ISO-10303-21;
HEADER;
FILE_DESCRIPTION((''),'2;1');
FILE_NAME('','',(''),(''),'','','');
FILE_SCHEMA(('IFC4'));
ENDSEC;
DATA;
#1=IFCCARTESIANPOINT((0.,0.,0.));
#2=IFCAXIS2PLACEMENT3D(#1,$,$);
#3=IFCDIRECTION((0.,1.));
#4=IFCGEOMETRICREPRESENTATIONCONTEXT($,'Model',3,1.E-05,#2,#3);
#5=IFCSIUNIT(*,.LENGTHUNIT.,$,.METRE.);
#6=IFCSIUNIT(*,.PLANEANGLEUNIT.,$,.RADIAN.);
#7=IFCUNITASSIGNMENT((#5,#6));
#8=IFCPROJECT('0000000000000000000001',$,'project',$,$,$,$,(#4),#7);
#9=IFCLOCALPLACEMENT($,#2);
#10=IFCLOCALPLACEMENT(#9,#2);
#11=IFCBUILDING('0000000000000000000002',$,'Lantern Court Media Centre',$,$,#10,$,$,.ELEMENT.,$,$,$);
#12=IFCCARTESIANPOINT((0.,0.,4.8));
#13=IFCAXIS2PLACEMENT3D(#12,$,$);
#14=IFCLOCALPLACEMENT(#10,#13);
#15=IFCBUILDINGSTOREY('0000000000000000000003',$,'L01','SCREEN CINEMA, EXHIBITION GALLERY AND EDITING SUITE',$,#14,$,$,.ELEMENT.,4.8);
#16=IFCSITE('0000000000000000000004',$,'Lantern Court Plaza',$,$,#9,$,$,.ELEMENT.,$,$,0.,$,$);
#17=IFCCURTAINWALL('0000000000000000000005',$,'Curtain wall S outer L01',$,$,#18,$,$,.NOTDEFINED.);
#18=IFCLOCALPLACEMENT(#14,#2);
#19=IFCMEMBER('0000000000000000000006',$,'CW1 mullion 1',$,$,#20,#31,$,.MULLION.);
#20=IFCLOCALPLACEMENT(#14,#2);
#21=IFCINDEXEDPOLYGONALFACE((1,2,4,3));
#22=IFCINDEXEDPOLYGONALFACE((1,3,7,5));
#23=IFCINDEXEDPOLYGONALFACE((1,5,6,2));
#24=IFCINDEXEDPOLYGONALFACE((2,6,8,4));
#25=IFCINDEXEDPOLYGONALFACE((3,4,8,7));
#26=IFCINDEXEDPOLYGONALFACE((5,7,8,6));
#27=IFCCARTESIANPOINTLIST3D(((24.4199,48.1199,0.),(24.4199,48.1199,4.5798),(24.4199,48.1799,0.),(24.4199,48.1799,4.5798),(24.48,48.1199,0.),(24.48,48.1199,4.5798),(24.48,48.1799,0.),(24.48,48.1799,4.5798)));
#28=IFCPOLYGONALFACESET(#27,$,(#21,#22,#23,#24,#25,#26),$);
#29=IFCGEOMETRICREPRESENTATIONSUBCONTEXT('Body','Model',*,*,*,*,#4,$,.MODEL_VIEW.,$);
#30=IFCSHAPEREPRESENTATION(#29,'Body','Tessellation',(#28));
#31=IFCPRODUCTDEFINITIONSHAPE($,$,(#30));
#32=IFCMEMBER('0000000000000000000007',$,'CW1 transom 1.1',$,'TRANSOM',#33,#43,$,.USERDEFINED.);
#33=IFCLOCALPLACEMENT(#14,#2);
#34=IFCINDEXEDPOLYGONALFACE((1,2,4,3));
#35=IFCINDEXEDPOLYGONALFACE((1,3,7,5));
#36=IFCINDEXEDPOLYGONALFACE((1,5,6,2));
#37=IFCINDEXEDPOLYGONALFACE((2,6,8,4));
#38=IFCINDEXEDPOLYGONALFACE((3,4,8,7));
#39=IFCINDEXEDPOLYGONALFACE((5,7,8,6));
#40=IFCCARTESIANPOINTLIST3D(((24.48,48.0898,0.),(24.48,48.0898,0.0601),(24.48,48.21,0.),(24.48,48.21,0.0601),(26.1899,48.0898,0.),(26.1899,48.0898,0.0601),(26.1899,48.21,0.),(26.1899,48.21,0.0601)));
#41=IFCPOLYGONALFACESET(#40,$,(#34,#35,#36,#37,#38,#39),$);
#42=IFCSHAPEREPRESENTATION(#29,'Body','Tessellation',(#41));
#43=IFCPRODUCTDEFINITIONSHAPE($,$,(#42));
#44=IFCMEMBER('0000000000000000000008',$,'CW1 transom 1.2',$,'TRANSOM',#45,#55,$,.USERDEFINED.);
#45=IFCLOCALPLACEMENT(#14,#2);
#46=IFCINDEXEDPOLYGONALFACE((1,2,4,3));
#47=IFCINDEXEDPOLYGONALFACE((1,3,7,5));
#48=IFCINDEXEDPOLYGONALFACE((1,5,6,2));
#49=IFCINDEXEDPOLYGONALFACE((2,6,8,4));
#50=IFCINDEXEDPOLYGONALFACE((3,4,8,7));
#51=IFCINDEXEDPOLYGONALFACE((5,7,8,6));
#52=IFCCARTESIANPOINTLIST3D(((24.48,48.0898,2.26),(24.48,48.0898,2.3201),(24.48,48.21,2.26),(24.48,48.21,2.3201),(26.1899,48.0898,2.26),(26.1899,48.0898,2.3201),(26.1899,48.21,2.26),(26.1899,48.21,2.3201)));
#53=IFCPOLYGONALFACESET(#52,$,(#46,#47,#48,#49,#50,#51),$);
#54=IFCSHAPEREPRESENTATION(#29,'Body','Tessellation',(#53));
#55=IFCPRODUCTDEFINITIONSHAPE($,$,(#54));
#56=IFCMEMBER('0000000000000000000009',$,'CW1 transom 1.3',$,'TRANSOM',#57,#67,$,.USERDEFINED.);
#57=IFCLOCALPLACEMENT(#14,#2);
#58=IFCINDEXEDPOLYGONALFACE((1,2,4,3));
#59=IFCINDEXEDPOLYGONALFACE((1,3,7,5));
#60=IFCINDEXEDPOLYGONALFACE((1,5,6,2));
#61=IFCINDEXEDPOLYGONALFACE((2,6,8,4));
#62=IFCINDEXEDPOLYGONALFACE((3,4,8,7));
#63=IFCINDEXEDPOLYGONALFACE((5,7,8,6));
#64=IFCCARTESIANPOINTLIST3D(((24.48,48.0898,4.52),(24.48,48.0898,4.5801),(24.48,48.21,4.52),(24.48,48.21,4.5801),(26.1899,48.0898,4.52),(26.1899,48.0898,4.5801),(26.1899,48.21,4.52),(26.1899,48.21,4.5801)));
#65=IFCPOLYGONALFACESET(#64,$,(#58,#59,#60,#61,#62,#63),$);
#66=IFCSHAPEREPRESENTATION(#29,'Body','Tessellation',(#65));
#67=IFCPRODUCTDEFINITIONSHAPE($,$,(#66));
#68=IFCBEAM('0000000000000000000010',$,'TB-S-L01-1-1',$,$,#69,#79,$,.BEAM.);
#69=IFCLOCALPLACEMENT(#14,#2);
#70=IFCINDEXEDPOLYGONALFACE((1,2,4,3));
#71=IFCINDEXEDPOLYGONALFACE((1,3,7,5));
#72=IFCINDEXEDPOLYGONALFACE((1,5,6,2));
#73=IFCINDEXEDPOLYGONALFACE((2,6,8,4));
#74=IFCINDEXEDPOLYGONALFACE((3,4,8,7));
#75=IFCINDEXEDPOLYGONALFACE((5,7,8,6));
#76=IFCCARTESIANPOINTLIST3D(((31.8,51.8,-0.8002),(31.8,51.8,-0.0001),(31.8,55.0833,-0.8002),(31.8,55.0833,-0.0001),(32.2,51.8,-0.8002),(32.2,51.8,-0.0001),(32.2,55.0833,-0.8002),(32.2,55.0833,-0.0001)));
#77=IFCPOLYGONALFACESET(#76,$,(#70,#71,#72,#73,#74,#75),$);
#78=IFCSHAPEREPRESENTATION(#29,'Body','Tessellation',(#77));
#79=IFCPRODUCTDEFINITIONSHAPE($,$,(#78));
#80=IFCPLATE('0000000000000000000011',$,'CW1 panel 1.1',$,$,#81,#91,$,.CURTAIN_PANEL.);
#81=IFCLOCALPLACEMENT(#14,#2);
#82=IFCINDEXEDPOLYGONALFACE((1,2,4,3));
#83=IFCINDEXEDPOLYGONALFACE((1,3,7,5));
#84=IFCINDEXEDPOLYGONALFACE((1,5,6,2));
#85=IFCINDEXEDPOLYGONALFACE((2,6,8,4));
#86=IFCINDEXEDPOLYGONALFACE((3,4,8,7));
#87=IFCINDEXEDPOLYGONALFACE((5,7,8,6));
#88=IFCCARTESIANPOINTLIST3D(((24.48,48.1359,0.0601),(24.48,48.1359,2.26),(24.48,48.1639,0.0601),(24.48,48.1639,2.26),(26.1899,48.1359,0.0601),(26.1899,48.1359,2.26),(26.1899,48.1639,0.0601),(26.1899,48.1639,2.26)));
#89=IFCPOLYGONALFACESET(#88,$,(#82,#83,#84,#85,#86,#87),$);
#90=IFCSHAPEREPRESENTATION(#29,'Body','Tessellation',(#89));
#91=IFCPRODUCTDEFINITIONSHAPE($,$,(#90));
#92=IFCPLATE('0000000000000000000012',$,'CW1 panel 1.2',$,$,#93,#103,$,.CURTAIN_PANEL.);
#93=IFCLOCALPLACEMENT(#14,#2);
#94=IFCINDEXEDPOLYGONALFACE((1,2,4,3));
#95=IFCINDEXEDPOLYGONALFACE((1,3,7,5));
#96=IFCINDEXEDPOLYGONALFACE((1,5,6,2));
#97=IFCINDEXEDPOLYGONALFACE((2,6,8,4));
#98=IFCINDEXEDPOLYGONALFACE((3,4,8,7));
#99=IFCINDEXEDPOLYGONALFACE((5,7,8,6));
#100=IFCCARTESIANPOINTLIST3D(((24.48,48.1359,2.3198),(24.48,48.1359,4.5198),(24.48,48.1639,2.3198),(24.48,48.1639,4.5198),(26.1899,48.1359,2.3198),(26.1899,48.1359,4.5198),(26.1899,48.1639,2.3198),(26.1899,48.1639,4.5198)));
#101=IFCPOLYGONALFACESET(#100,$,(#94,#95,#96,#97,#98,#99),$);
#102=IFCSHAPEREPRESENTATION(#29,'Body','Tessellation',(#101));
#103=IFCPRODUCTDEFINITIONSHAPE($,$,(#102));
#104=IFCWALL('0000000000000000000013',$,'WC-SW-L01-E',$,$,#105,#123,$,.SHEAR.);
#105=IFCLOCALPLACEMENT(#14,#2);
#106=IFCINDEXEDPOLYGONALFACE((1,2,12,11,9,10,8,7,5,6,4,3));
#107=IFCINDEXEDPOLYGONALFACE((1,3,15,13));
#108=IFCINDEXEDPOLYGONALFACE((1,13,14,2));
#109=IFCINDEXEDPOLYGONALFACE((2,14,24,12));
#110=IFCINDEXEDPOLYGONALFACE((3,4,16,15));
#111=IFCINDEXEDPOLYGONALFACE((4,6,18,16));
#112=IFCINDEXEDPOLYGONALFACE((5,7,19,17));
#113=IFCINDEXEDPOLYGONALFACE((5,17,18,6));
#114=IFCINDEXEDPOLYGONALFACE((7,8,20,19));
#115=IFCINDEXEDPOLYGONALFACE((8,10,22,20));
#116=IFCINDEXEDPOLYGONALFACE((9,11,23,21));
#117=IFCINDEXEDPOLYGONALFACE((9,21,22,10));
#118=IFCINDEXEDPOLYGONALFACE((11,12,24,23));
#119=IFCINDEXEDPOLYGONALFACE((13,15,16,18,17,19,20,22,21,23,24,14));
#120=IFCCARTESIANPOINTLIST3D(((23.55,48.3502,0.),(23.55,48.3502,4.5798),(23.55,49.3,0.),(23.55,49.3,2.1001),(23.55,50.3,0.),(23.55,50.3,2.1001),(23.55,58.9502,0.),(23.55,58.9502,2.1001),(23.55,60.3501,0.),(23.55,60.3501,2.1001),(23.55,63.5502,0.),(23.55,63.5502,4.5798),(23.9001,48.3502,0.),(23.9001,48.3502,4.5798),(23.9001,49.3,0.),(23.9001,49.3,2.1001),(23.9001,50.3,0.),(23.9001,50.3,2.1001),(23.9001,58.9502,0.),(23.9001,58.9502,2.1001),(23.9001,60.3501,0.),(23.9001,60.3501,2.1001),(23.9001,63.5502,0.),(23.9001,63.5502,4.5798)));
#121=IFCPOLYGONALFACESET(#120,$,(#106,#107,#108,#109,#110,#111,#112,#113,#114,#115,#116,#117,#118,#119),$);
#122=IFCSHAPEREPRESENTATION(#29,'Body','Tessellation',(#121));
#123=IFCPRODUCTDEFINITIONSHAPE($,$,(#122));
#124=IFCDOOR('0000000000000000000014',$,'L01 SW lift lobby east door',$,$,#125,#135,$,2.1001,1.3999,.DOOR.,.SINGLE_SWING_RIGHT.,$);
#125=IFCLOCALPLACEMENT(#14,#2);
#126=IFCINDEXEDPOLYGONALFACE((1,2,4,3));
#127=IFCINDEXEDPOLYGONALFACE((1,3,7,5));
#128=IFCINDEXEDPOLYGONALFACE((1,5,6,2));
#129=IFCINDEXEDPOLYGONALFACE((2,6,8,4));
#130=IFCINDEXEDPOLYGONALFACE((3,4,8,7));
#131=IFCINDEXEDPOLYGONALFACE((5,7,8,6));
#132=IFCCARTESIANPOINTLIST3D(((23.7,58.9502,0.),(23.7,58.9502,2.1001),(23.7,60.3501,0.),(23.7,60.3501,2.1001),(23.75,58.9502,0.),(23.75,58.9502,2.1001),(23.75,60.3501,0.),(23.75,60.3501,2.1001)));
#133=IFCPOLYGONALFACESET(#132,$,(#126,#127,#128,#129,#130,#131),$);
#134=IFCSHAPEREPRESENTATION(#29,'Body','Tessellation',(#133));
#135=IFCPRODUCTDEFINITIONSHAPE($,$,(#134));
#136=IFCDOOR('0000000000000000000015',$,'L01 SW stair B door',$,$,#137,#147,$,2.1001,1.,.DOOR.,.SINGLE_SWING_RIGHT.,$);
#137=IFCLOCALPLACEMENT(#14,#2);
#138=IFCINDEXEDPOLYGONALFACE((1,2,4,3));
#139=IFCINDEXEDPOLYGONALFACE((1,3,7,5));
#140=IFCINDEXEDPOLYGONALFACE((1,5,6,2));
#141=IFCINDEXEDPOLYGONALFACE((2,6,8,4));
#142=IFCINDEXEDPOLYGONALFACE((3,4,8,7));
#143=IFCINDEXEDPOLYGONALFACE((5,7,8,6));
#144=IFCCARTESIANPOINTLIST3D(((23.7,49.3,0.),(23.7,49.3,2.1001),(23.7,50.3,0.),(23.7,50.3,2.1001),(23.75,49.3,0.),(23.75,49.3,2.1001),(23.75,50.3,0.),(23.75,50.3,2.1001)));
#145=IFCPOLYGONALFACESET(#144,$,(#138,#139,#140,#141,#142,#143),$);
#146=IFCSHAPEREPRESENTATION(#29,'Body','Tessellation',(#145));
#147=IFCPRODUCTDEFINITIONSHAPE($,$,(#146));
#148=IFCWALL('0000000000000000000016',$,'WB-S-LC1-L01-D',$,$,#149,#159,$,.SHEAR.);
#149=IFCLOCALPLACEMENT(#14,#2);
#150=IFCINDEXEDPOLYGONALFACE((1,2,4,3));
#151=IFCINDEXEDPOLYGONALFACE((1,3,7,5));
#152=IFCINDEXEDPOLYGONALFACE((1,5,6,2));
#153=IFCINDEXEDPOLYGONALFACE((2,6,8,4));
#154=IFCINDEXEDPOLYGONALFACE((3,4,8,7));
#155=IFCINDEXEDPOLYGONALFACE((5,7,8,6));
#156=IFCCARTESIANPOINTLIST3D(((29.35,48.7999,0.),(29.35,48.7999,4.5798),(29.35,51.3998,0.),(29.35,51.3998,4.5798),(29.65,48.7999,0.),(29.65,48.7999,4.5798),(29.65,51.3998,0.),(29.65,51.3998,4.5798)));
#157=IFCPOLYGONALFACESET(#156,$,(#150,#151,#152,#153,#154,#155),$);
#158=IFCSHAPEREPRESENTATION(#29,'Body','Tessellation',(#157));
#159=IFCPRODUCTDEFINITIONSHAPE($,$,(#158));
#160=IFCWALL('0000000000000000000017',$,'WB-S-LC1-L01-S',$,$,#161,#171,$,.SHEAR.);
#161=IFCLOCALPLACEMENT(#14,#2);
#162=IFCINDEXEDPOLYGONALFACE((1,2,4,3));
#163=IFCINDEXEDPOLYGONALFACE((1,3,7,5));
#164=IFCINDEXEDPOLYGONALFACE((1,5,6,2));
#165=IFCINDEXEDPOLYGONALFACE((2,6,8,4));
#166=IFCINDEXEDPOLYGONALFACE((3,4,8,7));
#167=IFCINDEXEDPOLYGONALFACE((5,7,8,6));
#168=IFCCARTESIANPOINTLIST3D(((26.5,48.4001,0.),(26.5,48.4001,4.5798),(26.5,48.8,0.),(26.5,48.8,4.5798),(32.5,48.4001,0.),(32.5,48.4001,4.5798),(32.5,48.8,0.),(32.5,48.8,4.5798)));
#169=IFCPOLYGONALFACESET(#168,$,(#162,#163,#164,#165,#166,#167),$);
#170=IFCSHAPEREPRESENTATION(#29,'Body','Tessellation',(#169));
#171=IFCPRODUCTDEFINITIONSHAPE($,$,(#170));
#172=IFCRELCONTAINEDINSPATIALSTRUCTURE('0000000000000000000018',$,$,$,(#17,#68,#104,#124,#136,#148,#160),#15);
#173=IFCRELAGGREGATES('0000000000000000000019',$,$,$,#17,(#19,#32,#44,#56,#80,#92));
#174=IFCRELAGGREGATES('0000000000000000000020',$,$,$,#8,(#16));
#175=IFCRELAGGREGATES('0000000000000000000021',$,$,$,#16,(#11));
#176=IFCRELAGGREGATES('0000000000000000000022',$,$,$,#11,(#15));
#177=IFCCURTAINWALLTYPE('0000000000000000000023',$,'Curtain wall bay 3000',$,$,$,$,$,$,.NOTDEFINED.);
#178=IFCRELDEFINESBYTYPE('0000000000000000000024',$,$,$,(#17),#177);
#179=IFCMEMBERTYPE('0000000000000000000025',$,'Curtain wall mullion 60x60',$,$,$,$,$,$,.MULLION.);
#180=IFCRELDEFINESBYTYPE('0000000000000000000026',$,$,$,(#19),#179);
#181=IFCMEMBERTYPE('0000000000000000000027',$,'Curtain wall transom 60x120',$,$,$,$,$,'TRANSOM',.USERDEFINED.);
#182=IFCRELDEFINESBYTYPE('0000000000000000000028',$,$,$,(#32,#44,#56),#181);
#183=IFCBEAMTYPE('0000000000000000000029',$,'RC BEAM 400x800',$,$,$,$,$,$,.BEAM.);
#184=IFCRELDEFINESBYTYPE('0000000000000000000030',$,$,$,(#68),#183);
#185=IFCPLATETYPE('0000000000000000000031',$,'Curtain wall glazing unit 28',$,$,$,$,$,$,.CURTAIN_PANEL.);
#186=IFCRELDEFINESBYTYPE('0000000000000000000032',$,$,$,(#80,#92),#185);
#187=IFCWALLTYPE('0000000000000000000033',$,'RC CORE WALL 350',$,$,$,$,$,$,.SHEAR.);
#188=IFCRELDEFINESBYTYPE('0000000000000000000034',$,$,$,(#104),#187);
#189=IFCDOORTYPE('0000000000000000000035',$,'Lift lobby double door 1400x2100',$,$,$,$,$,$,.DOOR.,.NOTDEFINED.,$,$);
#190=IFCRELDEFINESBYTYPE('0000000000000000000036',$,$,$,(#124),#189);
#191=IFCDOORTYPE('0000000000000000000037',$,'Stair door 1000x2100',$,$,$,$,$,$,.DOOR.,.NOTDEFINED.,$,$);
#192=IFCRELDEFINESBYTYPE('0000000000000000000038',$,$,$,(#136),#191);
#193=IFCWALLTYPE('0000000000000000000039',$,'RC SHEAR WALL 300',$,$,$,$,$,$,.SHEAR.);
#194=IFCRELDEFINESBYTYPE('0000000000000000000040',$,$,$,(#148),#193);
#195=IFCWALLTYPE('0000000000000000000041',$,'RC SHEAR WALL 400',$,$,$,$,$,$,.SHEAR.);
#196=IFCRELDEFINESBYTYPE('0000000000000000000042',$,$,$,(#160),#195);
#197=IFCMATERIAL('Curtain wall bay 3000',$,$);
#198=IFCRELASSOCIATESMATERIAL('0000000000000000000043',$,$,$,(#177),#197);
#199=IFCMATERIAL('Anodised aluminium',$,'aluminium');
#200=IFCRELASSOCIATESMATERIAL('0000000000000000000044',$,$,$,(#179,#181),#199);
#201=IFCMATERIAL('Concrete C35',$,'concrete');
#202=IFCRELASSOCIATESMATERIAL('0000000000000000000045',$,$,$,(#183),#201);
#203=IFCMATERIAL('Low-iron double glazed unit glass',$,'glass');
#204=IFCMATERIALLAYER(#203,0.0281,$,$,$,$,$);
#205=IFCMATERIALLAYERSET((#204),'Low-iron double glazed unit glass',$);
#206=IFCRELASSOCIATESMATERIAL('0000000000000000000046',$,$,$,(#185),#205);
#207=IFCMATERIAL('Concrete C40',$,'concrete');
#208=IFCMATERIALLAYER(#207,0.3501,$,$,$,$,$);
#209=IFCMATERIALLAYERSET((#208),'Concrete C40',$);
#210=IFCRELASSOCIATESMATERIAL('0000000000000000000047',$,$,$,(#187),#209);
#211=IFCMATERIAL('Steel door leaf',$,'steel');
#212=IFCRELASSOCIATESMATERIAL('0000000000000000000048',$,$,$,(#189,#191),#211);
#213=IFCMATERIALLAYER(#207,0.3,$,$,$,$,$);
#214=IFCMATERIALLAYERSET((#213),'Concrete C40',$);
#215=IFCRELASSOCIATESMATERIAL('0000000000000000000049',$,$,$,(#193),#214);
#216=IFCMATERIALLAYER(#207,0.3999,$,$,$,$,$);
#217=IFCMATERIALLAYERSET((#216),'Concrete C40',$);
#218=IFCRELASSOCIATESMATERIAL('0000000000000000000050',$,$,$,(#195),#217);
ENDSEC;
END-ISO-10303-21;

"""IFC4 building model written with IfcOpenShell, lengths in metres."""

from ifc_helpers import new_model, si_unit, direction, frame, frame_2d, origin, origin_2d, place, context, subcontext, project, spatial, rectangle, extrude, material, layer, layer_set, material_profile, profile_set, type_object, element, fill, aggregate, save


model = new_model("IFC4")

# Units and contexts
model_context = context("Model", 3, precision=1e-05, world=origin(), true_north=direction((0.0, 1.0)))
body_context = subcontext(model_context, "Body", "Model", "MODEL_VIEW")
ifc_project = project(units=[si_unit("LENGTHUNIT", "METRE"), si_unit("PLANEANGLEUNIT", "RADIAN")], contexts=[model_context])

# Site, building, storey
site_placement = place(None, origin())
site = spatial("IfcSite", under=ifc_project, at=site_placement, Name="Lantern Court Plaza", CompositionType="ELEMENT", RefElevation=0.0)
building_placement = place(site_placement, origin())
building = spatial("IfcBuilding", under=site, at=building_placement, Name="Lantern Court Media Centre", CompositionType="ELEMENT")
storey_placement = place(building_placement, frame((0.0, 0.0, 4.8)))
storey = spatial("IfcBuildingStorey", under=building, at=storey_placement, Name="L01", Description="SCREEN CINEMA, EXHIBITION GALLERY AND EDITING SUITE", CompositionType="ELEMENT", Elevation=4.8)

# Curtain wall, members
ifc_material_1 = material(Name="Curtain wall bay 3000")
curtain_wall_type = type_object("IfcCurtainWallType", Name="Curtain wall bay 3000", PredefinedType="NOTDEFINED", material=ifc_material_1)
curtain_wall_placement = place(storey_placement, origin())
curtain_wall = element("IfcCurtainWall", 1, at=curtain_wall_placement, inside=storey, type_object=curtain_wall_type, Name="Curtain wall S outer L01", PredefinedType="NOTDEFINED")
ifc_material_2 = material(Name="Anodised aluminium", Category="aluminium")
ifc_material_profile_1 = material_profile(ifc_material_2, rectangle(XDim=0.0601, YDim=0.0601, at=origin_2d()), Name="AL 60x60")
ifc_profile_set_1 = profile_set([ifc_material_profile_1], Name="Anodised aluminium")
member_type_1 = type_object("IfcMemberType", Name="Curtain wall mullion 60x60", PredefinedType="MULLION", material=ifc_profile_set_1)
member_1_placement = place(storey_placement, frame((24.45, 48.1499, 0.0), z_axis=(0.0, 0.0, 1.0), x_axis=(0.0, 1.0, 0.0)))
member_1 = element("IfcMember", 2, at=member_1_placement, type_object=member_type_1, Name="CW1 mullion 1", PredefinedType="MULLION", context=body_context, shape_type="SweptSolid", body=[
    extrude(rectangle(XDim=0.0601, YDim=0.0601, at=origin_2d()), origin(), (0.0, 0.0, 1.0), 4.5798),
])
ifc_material_profile_2 = material_profile(ifc_material_2, rectangle(XDim=0.1201, YDim=0.0601, at=origin_2d()), Name="AL 60x120")
ifc_profile_set_2 = profile_set([ifc_material_profile_2], Name="Anodised aluminium")
member_type_2 = type_object("IfcMemberType", Name="Curtain wall transom 60x120", ElementType="TRANSOM", PredefinedType="USERDEFINED", material=ifc_profile_set_2)
member_2_placement = place(storey_placement, frame((24.48, 48.1499, 0.03), z_axis=(1.0, 0.0, 0.0), x_axis=(0.0, 1.0, 0.0)))
member_2 = element("IfcMember", 3, at=member_2_placement, type_object=member_type_2, Name="CW1 transom 1.1", ObjectType="TRANSOM", PredefinedType="USERDEFINED", context=body_context, shape_type="SweptSolid", body=[
    extrude(rectangle(XDim=0.1201, YDim=0.0601, at=origin_2d()), origin(), (0.0, 0.0, 1.0), 1.71),
])
member_3_placement = place(storey_placement, frame((24.48, 48.1499, 2.29), z_axis=(1.0, 0.0, 0.0), x_axis=(0.0, 1.0, 0.0)))
member_3 = element("IfcMember", 4, at=member_3_placement, type_object=member_type_2, Name="CW1 transom 1.2", ObjectType="TRANSOM", PredefinedType="USERDEFINED", context=body_context, shape_type="SweptSolid", body=[
    extrude(rectangle(XDim=0.1201, YDim=0.0601, at=origin_2d()), origin(), (0.0, 0.0, 1.0), 1.71),
])
member_4_placement = place(storey_placement, frame((24.48, 48.1499, 4.55), z_axis=(1.0, 0.0, 0.0), x_axis=(0.0, 1.0, 0.0)))
member_4 = element("IfcMember", 5, at=member_4_placement, type_object=member_type_2, Name="CW1 transom 1.3", ObjectType="TRANSOM", PredefinedType="USERDEFINED", context=body_context, shape_type="SweptSolid", body=[
    extrude(rectangle(XDim=0.1201, YDim=0.0601, at=origin_2d()), origin(), (0.0, 0.0, 1.0), 1.71),
])

# Beam
ifc_material_3 = material(Name="Concrete C35", Category="concrete")
ifc_material_profile_3 = material_profile(ifc_material_3, rectangle(XDim=0.3999, YDim=0.8, at=origin_2d()), Name="RC 400x800")
ifc_profile_set_3 = profile_set([ifc_material_profile_3], Name="Concrete C35")
beam_type = type_object("IfcBeamType", Name="RC BEAM 400x800", PredefinedType="BEAM", material=ifc_profile_set_3)
beam_placement = place(storey_placement, frame((32.0, 51.8, -0.4001), z_axis=(0.0, 1.0, 0.0), x_axis=(-1.0, 0.0, 0.0)))
element("IfcBeam", 6, at=beam_placement, inside=storey, type_object=beam_type, Name="TB-S-L01-1-1", PredefinedType="BEAM", context=body_context, shape_type="SweptSolid", body=[
    extrude(rectangle(XDim=0.3999, YDim=0.8, at=origin_2d()), origin(), (0.0, 0.0, 1.0), 3.2832),
])

# Plates
ifc_material_4 = material(Name="Low-iron double glazed unit glass", Category="glass")
ifc_layer_1 = layer(ifc_material_4, 0.0281)
ifc_layer_set_1 = layer_set([ifc_layer_1], Name="Low-iron double glazed unit glass")
plate_type = type_object("IfcPlateType", Name="Curtain wall glazing unit 28", PredefinedType="CURTAIN_PANEL", material=ifc_layer_set_1)
plate_1_placement = place(storey_placement, frame((25.335, 48.1499, 0.0601), z_axis=(0.0, 0.0, 1.0), x_axis=(1.0, 0.0, 0.0)))
plate_1 = element("IfcPlate", 7, at=plate_1_placement, type_object=plate_type, Name="CW1 panel 1.1", PredefinedType="CURTAIN_PANEL", context=body_context, shape_type="SweptSolid", body=[
    extrude(rectangle(XDim=1.71, YDim=0.0281, at=origin_2d()), origin(), (0.0, 0.0, 1.0), 2.2),
])
plate_2_placement = place(storey_placement, frame((25.335, 48.1499, 2.3198), z_axis=(0.0, 0.0, 1.0), x_axis=(1.0, 0.0, 0.0)))
plate_2 = element("IfcPlate", 8, at=plate_2_placement, type_object=plate_type, Name="CW1 panel 1.2", PredefinedType="CURTAIN_PANEL", context=body_context, shape_type="SweptSolid", body=[
    extrude(rectangle(XDim=1.71, YDim=0.0281, at=origin_2d()), origin(), (0.0, 0.0, 1.0), 2.2),
])
aggregate(curtain_wall, [member_1, member_2, member_3, member_4, plate_1, plate_2])

# Wall, openings, doors
ifc_material_5 = material(Name="Concrete C40", Category="concrete")
ifc_layer_2 = layer(ifc_material_5, 0.3501)
ifc_layer_set_2 = layer_set([ifc_layer_2], Name="Concrete C40")
wall_type_1 = type_object("IfcWallType", Name="RC CORE WALL 350", PredefinedType="SHEAR", material=ifc_layer_set_2)
wall_1_placement = place(storey_placement, frame((23.7251, 48.3501, 0.0), z_axis=(0.0, 0.0, 1.0), x_axis=(0.0, 1.0, 0.0)))
wall_1 = element("IfcWall", 9, at=wall_1_placement, inside=storey, type_object=wall_type_1, Name="WC-SW-L01-E", PredefinedType="SHEAR", context=body_context, shape_type="SweptSolid", body=[
    extrude(rectangle(XDim=15.2, YDim=0.3501, at=frame_2d((7.6001, 0.0))), origin(), (0.0, 0.0, 1.0), 4.5798),
])
opening_1_placement = place(wall_1_placement, frame((0.95, 0.0, 0.0)))
opening_1 = element("IfcOpeningElement", 10, at=opening_1_placement, cuts=wall_1, PredefinedType="OPENING", context=body_context, shape_type="SweptSolid", body=[
    extrude(rectangle(XDim=1.0, YDim=2.1001, at=frame_2d((0.5, 1.05))), frame((0.0, 0.1851, 0.0), z_axis=(0.0, -1.0, 0.0), x_axis=(1.0, 0.0, 0.0)), (0.0, 0.0, 1.0), 0.3701),
])
opening_2_placement = place(wall_1_placement, frame((10.6001, 0.0, 0.0)))
opening_2 = element("IfcOpeningElement", 11, at=opening_2_placement, cuts=wall_1, PredefinedType="OPENING", context=body_context, shape_type="SweptSolid", body=[
    extrude(rectangle(XDim=1.3999, YDim=2.1001, at=frame_2d((0.7, 1.05))), frame((0.0, 0.1851, 0.0), z_axis=(0.0, -1.0, 0.0), x_axis=(1.0, 0.0, 0.0)), (0.0, 0.0, 1.0), 0.3701),
])
ifc_material_6 = material(Name="Steel door leaf", Category="steel")
door_type_1 = type_object("IfcDoorType", Name="Lift lobby double door 1400x2100", OperationType="NOTDEFINED", PredefinedType="DOOR", material=ifc_material_6)
door_1_placement = place(opening_2_placement, frame((1.3999, 0.0, 0.0), z_axis=(0.0, 0.0, 1.0), x_axis=(-1.0, 0.0, 0.0)))
door_1 = element("IfcDoor", 12, at=door_1_placement, inside=storey, type_object=door_type_1, Name="L01 SW lift lobby east door", OperationType="SINGLE_SWING_RIGHT", OverallHeight=2.1001, OverallWidth=1.3999, PredefinedType="DOOR", context=body_context, shape_type="SweptSolid", body=[
    extrude(rectangle(XDim=1.3999, YDim=2.1001, at=frame_2d((0.7, 1.05))), frame((0.0, 0.0249, 0.0), z_axis=(0.0, -1.0, 0.0), x_axis=(1.0, 0.0, 0.0)), (0.0, 0.0, 1.0), 0.05),
])
fill(opening_2, door_1)
door_type_2 = type_object("IfcDoorType", Name="Stair door 1000x2100", OperationType="NOTDEFINED", PredefinedType="DOOR", material=ifc_material_6)
door_2_placement = place(opening_1_placement, frame((1.0, 0.0, 0.0), z_axis=(0.0, 0.0, 1.0), x_axis=(-1.0, 0.0, 0.0)))
door_2 = element("IfcDoor", 13, at=door_2_placement, inside=storey, type_object=door_type_2, Name="L01 SW stair B door", OperationType="SINGLE_SWING_RIGHT", OverallHeight=2.1001, OverallWidth=1.0, PredefinedType="DOOR", context=body_context, shape_type="SweptSolid", body=[
    extrude(rectangle(XDim=1.0, YDim=2.1001, at=frame_2d((0.5, 1.05))), frame((0.0, 0.0249, 0.0), z_axis=(0.0, -1.0, 0.0), x_axis=(1.0, 0.0, 0.0)), (0.0, 0.0, 1.0), 0.05),
])
fill(opening_1, door_2)

# Walls
ifc_layer_3 = layer(ifc_material_5, 0.3)
ifc_layer_set_3 = layer_set([ifc_layer_3], Name="Concrete C40")
wall_type_2 = type_object("IfcWallType", Name="RC SHEAR WALL 300", PredefinedType="SHEAR", material=ifc_layer_set_3)
wall_2_placement = place(storey_placement, frame((29.5, 48.8, 0.0), z_axis=(0.0, 0.0, 1.0), x_axis=(0.0, 1.0, 0.0)))
element("IfcWall", 14, at=wall_2_placement, inside=storey, type_object=wall_type_2, Name="WB-S-LC1-L01-D", PredefinedType="SHEAR", context=body_context, shape_type="SweptSolid", body=[
    extrude(rectangle(XDim=2.5999, YDim=0.3, at=frame_2d((1.2998, 0.0))), origin(), (0.0, 0.0, 1.0), 4.5798),
])
ifc_layer_4 = layer(ifc_material_5, 0.3999)
ifc_layer_set_4 = layer_set([ifc_layer_4], Name="Concrete C40")
wall_type_3 = type_object("IfcWallType", Name="RC SHEAR WALL 400", PredefinedType="SHEAR", material=ifc_layer_set_4)
wall_3_placement = place(storey_placement, frame((26.5, 48.6001, 0.0), z_axis=(0.0, 0.0, 1.0), x_axis=(1.0, 0.0, 0.0)))
element("IfcWall", 15, at=wall_3_placement, inside=storey, type_object=wall_type_3, Name="WB-S-LC1-L01-S", PredefinedType="SHEAR", context=body_context, shape_type="SweptSolid", body=[
    extrude(rectangle(XDim=6.0, YDim=0.3999, at=frame_2d((3.0, 0.0))), origin(), (0.0, 0.0, 1.0), 4.5798),
])

save(model, "model.ifc")
